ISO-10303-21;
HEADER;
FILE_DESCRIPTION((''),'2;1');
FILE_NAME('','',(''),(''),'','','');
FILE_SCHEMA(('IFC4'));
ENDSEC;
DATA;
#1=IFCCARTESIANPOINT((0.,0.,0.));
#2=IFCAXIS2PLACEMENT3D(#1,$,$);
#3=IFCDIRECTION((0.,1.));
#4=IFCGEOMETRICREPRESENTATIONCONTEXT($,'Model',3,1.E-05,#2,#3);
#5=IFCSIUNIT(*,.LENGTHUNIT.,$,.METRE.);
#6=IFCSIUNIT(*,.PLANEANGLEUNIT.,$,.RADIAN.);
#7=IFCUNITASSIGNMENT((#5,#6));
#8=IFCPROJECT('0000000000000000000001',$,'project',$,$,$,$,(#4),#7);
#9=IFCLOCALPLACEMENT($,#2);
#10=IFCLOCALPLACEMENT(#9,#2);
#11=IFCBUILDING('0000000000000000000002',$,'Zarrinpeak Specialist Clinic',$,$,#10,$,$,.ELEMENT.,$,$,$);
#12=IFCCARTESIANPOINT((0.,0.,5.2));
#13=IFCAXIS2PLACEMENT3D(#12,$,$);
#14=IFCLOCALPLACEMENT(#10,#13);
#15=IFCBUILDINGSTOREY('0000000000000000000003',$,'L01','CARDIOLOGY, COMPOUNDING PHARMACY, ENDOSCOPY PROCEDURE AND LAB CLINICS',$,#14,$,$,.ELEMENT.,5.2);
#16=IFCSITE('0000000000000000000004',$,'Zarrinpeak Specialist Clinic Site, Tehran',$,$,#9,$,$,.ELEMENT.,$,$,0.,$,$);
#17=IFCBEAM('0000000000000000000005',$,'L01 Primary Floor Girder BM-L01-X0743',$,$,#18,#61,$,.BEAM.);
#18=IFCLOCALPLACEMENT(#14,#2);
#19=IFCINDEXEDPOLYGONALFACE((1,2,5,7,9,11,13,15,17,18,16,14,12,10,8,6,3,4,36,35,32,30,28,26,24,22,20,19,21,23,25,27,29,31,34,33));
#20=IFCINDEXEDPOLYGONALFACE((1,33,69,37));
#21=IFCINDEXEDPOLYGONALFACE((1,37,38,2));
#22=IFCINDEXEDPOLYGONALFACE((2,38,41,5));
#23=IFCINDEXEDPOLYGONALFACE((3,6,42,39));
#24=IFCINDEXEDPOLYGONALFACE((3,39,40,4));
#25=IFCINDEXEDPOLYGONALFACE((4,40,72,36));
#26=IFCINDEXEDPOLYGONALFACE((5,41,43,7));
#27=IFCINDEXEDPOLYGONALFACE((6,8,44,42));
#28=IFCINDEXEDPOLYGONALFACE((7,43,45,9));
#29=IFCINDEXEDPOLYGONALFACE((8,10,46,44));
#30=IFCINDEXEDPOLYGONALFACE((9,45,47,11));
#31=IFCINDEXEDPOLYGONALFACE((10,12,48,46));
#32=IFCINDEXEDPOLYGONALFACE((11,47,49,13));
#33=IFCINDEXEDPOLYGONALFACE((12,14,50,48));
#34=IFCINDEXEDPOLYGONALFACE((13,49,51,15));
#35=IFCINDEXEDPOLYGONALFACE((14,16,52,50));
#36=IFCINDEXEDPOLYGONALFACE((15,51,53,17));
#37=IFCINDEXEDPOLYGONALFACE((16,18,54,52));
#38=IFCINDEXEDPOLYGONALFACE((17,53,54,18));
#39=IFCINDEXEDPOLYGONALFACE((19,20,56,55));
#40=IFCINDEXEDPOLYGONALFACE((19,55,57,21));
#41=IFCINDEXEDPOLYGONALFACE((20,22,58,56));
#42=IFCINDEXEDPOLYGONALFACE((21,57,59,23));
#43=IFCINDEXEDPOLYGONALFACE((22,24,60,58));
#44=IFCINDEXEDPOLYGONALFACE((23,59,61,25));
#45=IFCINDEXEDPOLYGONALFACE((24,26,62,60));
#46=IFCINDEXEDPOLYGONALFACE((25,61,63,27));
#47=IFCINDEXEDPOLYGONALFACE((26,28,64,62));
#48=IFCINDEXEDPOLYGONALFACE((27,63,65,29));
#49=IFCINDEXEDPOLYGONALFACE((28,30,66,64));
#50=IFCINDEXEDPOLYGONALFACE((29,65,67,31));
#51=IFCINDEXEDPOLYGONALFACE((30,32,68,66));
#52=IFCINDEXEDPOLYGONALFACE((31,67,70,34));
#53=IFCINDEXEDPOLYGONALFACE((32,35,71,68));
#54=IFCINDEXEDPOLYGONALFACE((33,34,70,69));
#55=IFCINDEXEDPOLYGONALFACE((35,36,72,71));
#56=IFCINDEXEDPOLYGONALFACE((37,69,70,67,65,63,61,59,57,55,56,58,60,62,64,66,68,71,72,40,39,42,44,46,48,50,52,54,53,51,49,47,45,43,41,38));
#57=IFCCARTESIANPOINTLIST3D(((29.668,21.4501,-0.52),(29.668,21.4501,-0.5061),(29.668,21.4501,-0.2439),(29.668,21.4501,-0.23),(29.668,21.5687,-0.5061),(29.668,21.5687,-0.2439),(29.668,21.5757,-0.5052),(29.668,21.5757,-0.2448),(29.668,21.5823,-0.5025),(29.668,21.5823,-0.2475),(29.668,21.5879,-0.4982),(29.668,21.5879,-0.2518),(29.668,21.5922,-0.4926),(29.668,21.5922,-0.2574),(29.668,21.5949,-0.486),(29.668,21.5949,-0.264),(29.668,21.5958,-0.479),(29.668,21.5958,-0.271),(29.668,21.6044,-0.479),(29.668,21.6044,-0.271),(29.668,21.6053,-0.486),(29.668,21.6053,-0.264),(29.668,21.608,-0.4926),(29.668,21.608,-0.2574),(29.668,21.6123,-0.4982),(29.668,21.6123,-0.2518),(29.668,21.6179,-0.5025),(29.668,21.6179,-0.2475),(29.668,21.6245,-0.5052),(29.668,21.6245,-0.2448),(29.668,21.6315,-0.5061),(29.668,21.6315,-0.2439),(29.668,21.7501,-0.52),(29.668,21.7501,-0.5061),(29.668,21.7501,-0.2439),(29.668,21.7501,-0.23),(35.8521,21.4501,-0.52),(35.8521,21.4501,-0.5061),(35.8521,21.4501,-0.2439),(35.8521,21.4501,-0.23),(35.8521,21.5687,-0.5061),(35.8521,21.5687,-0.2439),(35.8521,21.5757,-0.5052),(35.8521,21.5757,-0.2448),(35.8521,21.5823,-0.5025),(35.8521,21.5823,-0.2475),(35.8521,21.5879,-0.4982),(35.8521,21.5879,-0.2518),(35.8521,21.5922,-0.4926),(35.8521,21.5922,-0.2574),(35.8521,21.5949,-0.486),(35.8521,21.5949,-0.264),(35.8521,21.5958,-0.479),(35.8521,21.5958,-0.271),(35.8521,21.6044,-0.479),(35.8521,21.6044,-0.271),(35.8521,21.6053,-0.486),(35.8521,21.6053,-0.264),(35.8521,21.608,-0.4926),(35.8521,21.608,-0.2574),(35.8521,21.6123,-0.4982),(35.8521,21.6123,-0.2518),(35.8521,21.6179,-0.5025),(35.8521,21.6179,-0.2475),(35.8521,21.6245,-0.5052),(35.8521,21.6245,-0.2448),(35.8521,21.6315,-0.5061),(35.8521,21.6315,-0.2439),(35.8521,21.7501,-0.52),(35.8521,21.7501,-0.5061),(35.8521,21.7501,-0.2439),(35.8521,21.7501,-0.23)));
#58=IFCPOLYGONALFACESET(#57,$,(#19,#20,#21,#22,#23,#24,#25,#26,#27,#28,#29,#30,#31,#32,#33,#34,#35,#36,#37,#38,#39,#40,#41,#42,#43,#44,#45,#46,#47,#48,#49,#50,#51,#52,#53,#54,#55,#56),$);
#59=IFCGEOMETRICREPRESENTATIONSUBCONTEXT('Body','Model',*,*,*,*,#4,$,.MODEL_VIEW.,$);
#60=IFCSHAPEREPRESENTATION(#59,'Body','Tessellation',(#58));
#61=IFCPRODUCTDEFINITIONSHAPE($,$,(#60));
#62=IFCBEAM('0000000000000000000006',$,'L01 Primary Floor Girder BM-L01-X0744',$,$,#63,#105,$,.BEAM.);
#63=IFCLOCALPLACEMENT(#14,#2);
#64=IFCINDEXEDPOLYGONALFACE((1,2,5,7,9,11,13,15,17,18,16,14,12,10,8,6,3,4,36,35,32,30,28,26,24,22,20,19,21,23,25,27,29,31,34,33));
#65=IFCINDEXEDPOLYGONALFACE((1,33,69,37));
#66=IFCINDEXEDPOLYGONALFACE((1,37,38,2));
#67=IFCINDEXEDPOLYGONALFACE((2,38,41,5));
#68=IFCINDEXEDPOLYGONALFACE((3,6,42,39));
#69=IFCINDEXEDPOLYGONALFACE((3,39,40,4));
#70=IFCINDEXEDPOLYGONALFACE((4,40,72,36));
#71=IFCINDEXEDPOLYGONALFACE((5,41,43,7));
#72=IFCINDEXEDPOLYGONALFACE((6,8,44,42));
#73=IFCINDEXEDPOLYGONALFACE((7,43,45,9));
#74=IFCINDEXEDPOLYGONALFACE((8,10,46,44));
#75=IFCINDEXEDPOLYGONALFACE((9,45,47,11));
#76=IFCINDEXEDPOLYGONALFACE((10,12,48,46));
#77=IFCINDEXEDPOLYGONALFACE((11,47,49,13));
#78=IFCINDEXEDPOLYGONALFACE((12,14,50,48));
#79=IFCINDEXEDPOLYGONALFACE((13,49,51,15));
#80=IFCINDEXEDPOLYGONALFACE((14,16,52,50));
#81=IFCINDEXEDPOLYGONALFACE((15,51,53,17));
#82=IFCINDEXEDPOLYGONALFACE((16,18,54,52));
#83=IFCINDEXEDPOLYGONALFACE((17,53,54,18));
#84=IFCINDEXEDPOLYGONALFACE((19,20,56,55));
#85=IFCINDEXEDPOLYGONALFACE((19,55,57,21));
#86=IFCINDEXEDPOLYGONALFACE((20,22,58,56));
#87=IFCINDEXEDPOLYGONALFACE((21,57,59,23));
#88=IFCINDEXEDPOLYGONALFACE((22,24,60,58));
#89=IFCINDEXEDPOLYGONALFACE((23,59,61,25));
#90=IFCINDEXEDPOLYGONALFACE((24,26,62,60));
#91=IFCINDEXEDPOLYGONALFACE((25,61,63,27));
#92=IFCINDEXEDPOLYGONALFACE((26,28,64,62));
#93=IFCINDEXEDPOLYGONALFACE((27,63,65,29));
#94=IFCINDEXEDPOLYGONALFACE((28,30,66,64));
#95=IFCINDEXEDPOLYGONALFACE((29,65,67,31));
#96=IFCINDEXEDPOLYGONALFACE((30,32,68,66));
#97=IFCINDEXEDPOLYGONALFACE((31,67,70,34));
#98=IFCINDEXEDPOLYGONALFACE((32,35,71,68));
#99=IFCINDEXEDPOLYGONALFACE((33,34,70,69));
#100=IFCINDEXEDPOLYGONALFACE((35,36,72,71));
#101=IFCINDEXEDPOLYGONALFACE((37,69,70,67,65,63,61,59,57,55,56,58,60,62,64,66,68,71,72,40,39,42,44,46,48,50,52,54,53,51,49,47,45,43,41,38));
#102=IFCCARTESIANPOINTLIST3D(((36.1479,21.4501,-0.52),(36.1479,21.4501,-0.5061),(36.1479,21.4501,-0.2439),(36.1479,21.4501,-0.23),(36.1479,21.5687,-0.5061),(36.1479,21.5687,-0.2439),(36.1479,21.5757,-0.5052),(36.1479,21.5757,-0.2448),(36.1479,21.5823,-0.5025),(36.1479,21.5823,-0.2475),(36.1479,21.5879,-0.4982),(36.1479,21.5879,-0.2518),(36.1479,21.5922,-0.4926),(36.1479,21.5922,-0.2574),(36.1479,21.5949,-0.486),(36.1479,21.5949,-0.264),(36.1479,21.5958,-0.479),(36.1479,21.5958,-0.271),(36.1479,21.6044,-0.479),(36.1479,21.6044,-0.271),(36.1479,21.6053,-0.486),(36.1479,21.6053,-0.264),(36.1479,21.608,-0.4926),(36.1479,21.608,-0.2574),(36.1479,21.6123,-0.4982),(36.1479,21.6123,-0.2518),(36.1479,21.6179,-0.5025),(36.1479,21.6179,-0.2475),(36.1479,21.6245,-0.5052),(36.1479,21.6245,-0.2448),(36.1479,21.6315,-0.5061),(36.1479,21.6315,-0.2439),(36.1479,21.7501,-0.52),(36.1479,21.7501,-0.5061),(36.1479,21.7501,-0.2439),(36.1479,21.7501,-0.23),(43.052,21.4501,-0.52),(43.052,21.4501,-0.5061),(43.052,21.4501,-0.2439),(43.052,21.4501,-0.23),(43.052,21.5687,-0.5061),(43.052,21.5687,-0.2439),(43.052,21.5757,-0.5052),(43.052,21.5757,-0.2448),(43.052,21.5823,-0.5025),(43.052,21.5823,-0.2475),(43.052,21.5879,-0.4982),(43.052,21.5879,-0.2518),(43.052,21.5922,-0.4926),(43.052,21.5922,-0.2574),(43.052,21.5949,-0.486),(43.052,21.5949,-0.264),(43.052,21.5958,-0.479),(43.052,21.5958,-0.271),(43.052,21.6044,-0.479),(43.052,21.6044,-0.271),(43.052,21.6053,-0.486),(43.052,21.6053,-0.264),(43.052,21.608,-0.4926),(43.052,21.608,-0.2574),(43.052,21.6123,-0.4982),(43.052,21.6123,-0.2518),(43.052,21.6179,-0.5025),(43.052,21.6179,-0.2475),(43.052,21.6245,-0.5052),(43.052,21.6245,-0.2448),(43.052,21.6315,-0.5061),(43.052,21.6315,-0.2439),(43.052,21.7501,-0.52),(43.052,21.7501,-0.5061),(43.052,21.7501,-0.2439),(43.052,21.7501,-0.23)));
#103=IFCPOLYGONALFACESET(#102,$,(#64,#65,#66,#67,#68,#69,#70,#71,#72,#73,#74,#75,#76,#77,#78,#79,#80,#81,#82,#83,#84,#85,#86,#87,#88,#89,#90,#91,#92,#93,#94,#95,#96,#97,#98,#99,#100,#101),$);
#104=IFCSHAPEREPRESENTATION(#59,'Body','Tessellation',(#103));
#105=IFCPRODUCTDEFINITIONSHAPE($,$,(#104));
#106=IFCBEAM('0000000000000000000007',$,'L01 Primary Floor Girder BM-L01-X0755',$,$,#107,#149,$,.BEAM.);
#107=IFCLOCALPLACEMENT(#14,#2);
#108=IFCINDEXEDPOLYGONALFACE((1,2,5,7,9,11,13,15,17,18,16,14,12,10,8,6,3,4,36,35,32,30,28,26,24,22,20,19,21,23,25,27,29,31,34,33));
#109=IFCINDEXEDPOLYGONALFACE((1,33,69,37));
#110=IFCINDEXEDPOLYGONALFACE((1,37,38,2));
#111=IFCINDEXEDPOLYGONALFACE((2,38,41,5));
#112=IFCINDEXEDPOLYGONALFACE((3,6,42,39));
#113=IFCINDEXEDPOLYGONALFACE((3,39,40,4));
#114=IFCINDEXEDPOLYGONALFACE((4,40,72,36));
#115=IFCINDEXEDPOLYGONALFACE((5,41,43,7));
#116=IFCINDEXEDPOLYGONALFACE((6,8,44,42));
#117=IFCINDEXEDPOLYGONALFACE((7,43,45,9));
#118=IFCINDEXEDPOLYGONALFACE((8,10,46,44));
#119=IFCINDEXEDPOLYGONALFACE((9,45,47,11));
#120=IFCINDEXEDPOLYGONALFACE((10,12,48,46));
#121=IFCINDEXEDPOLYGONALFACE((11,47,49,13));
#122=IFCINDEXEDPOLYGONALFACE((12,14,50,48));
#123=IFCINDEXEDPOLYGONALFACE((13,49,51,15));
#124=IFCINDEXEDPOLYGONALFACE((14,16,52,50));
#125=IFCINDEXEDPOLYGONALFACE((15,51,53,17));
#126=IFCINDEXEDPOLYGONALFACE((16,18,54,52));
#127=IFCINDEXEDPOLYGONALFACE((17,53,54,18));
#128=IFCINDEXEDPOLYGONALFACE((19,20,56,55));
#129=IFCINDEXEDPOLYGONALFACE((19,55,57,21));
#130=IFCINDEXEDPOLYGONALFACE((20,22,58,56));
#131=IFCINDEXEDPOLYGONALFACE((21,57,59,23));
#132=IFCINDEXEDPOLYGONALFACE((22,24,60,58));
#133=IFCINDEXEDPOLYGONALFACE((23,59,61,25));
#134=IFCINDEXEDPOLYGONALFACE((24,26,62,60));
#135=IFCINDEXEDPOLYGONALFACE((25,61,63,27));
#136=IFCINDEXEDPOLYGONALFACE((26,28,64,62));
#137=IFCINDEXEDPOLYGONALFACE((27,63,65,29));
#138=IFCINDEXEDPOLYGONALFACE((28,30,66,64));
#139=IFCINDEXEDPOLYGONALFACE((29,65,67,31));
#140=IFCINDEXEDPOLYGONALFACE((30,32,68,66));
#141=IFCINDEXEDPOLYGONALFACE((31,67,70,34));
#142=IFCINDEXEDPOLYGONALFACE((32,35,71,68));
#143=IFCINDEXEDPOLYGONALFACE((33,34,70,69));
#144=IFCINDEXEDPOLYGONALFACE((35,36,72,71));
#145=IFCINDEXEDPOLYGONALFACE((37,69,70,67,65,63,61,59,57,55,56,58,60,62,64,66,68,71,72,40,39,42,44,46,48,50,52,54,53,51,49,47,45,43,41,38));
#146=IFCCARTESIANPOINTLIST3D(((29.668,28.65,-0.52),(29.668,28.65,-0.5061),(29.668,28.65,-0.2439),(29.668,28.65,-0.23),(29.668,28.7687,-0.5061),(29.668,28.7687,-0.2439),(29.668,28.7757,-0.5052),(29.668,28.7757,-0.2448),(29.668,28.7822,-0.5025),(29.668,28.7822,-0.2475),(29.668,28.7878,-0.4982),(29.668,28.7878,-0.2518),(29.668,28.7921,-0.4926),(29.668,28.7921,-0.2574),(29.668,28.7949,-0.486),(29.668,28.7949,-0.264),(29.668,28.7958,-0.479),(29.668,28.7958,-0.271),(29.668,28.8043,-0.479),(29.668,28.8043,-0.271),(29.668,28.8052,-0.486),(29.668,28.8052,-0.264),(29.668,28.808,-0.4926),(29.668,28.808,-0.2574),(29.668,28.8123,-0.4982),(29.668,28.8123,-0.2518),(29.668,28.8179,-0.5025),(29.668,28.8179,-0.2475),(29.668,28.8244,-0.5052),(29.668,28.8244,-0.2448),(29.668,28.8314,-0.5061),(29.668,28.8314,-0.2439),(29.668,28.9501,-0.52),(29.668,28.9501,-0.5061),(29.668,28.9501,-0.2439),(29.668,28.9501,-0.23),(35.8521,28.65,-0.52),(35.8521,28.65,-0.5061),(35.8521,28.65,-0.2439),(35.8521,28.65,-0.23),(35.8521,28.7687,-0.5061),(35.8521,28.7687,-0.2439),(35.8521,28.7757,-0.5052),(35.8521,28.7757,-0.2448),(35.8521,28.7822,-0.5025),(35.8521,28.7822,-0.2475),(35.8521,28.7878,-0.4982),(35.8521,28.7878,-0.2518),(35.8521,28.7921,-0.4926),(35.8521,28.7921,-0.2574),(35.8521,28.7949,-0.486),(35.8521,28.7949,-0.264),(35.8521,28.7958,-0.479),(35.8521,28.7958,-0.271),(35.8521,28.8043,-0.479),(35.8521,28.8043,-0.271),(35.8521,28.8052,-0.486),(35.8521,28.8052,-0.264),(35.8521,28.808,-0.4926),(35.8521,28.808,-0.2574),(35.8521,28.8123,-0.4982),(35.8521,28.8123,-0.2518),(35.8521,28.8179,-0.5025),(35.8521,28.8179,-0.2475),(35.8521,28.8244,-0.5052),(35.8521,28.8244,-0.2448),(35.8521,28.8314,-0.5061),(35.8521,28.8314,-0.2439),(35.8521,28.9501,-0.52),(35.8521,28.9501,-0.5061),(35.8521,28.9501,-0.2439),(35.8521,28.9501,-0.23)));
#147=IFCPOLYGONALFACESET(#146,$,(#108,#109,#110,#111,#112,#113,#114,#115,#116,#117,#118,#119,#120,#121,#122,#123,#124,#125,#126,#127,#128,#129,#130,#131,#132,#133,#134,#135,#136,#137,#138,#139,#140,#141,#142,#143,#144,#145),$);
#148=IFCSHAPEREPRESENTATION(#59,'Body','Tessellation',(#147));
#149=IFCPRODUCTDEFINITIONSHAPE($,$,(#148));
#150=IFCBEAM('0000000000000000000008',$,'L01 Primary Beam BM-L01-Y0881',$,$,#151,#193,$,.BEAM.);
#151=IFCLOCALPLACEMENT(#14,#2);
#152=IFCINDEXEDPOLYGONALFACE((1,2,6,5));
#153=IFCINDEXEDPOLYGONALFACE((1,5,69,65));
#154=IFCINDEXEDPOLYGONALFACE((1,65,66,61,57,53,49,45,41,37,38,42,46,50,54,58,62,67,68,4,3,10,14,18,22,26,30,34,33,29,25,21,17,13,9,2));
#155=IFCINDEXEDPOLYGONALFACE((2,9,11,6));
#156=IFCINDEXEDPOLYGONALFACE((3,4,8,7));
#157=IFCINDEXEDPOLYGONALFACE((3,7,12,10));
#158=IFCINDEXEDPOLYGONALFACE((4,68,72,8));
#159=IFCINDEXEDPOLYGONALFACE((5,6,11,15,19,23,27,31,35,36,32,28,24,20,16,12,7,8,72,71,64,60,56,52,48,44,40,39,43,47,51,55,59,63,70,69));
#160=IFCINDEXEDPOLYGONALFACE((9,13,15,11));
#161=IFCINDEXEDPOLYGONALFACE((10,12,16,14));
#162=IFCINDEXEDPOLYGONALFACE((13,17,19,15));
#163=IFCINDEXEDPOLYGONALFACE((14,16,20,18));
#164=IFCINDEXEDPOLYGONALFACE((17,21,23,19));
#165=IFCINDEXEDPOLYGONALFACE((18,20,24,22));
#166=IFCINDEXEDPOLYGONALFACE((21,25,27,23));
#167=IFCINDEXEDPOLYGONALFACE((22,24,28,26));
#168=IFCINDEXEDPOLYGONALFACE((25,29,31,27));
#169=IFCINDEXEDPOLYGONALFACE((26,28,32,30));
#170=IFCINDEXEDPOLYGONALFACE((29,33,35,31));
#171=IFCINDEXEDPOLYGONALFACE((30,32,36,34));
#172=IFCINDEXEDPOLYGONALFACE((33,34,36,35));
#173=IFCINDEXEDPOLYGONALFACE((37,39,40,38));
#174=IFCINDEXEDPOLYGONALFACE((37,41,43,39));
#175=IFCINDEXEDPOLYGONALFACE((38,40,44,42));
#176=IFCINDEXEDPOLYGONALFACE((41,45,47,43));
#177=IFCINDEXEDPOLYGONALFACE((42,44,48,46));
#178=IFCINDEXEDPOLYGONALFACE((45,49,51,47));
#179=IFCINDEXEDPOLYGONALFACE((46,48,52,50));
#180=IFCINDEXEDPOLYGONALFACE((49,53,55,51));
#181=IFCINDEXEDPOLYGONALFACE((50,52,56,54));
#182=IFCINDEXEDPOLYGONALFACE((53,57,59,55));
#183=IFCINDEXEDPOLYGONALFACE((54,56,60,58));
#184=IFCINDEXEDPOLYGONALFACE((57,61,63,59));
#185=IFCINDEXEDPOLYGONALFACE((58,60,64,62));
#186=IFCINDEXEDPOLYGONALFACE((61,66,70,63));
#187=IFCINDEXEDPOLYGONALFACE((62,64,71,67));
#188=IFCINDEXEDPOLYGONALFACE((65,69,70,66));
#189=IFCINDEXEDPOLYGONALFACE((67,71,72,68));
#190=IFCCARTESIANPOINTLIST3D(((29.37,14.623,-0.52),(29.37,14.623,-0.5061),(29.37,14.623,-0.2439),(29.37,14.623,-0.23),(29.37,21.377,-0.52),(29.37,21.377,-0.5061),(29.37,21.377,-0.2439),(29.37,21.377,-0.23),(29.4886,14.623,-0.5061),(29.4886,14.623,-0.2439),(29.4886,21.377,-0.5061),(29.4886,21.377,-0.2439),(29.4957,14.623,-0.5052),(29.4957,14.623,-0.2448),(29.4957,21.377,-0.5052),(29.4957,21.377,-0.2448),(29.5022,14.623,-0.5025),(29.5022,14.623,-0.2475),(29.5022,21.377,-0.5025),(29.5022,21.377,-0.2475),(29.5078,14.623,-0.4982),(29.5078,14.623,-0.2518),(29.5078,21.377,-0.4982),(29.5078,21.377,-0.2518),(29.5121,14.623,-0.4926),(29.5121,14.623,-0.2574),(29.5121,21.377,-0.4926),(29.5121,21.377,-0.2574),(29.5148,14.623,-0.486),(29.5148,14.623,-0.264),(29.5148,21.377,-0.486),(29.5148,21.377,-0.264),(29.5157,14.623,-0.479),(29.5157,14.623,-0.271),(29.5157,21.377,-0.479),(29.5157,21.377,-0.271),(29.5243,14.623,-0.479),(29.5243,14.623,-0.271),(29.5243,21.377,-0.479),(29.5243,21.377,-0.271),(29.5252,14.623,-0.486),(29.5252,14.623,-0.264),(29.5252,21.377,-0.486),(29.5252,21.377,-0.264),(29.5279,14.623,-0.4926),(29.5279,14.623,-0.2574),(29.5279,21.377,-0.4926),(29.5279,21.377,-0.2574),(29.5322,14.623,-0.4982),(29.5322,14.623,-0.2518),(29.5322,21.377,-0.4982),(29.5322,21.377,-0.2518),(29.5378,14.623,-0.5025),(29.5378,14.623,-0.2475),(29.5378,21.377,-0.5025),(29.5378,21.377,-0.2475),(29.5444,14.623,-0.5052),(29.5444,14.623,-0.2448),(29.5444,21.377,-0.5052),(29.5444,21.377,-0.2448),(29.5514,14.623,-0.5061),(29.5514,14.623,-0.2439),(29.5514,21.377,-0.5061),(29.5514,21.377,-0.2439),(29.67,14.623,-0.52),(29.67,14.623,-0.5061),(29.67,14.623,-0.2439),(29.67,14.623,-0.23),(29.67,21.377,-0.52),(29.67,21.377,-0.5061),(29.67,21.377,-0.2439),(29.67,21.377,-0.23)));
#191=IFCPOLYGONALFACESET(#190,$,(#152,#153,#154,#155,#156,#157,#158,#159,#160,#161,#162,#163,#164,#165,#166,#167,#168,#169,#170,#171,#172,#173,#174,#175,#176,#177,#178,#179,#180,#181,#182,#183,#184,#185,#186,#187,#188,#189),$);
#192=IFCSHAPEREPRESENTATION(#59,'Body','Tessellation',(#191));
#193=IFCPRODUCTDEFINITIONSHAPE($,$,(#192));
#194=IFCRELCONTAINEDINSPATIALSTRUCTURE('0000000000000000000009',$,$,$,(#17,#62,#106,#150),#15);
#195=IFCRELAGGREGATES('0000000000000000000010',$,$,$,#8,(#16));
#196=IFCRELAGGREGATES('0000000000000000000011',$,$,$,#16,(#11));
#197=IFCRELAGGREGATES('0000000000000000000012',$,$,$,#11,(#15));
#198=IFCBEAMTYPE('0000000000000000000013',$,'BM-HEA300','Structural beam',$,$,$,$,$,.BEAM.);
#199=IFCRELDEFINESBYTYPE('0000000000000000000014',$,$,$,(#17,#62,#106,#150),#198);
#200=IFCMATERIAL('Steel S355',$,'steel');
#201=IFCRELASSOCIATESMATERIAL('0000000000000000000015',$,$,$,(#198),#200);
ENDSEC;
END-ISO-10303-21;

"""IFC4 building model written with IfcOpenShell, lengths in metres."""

from ifc_helpers import new_model, si_unit, direction, frame, origin, origin_2d, place, context, subcontext, project, spatial, i_section, extrude, material, material_profile, profile_set, type_object, element, save


model = new_model("IFC4")

# Units and contexts
model_context = context("Model", 3, precision=1e-05, world=origin(), true_north=direction((0.0, 1.0)))
body_context = subcontext(model_context, "Body", "Model", "MODEL_VIEW")
ifc_project = project(units=[si_unit("LENGTHUNIT", "METRE"), si_unit("PLANEANGLEUNIT", "RADIAN")], contexts=[model_context])

# Site, building, storey
site_placement = place(None, origin())
site = spatial("IfcSite", under=ifc_project, at=site_placement, Name="Zarrinpeak Specialist Clinic Site, Tehran", CompositionType="ELEMENT", RefElevation=0.0)
building_placement = place(site_placement, origin())
building = spatial("IfcBuilding", under=site, at=building_placement, Name="Zarrinpeak Specialist Clinic", CompositionType="ELEMENT")
storey_placement = place(building_placement, frame((0.0, 0.0, 5.2)))
storey = spatial("IfcBuildingStorey", under=building, at=storey_placement, Name="L01", Description="CARDIOLOGY, COMPOUNDING PHARMACY, ENDOSCOPY PROCEDURE AND LAB CLINICS", CompositionType="ELEMENT", Elevation=5.2)

# Shared definitions
ifc_material_1 = material(Name="Steel S355", Category="steel")

# Beams
ifc_material_profile_1 = material_profile(ifc_material_1, i_section(OverallWidth=0.3, OverallDepth=0.29, WebThickness=0.0085, FlangeThickness=0.0139, FilletRadius=0.0271, at=origin_2d()), Name="HEA 300")
ifc_profile_set_1 = profile_set([ifc_material_profile_1], Name="Steel S355")
beam_type_1 = type_object("IfcBeamType", Name="BM-HEA300", Description="Structural beam", PredefinedType="BEAM", material=ifc_profile_set_1)
beam_1_placement = place(storey_placement, frame((29.668, 21.6001, -0.375), z_axis=(1.0, 0.0, 0.0), x_axis=(0.0, 1.0, 0.0)))
element("IfcBeam", 1, at=beam_1_placement, inside=storey, type_object=beam_type_1, Name="L01 Primary Floor Girder BM-L01-X0743", PredefinedType="BEAM", context=body_context, shape_type="SweptSolid", body=[
    extrude(i_section(OverallWidth=0.3, OverallDepth=0.29, WebThickness=0.0085, FlangeThickness=0.0139, FilletRadius=0.0271, at=origin_2d()), origin(), (0.0, 0.0, 1.0), 6.1841),
])
beam_2_placement = place(storey_placement, frame((36.1479, 21.6001, -0.375), z_axis=(1.0, 0.0, 0.0), x_axis=(0.0, 1.0, 0.0)))
element("IfcBeam", 2, at=beam_2_placement, inside=storey, type_object=beam_type_1, Name="L01 Primary Floor Girder BM-L01-X0744", PredefinedType="BEAM", context=body_context, shape_type="SweptSolid", body=[
    extrude(i_section(OverallWidth=0.3, OverallDepth=0.29, WebThickness=0.0085, FlangeThickness=0.0139, FilletRadius=0.0271, at=origin_2d()), origin(), (0.0, 0.0, 1.0), 6.9041),
])
beam_3_placement = place(storey_placement, frame((29.668, 28.8, -0.375), z_axis=(1.0, 0.0, 0.0), x_axis=(0.0, 1.0, 0.0)))
element("IfcBeam", 3, at=beam_3_placement, inside=storey, type_object=beam_type_1, Name="L01 Primary Floor Girder BM-L01-X0755", PredefinedType="BEAM", context=body_context, shape_type="SweptSolid", body=[
    extrude(i_section(OverallWidth=0.3, OverallDepth=0.29, WebThickness=0.0085, FlangeThickness=0.0139, FilletRadius=0.0271, at=origin_2d()), origin(), (0.0, 0.0, 1.0), 6.1841),
])
beam_4_placement = place(storey_placement, frame((29.52, 14.623, -0.375), z_axis=(0.0, 1.0, 0.0), x_axis=(-1.0, 0.0, 0.0)))
element("IfcBeam", 4, at=beam_4_placement, inside=storey, type_object=beam_type_1, Name="L01 Primary Beam BM-L01-Y0881", PredefinedType="BEAM", context=body_context, shape_type="SweptSolid", body=[
    extrude(i_section(OverallWidth=0.3, OverallDepth=0.29, WebThickness=0.0085, FlangeThickness=0.0139, FilletRadius=0.0271, at=origin_2d()), origin(), (0.0, 0.0, 1.0), 6.7539),
])

save(model, "model.ifc")
